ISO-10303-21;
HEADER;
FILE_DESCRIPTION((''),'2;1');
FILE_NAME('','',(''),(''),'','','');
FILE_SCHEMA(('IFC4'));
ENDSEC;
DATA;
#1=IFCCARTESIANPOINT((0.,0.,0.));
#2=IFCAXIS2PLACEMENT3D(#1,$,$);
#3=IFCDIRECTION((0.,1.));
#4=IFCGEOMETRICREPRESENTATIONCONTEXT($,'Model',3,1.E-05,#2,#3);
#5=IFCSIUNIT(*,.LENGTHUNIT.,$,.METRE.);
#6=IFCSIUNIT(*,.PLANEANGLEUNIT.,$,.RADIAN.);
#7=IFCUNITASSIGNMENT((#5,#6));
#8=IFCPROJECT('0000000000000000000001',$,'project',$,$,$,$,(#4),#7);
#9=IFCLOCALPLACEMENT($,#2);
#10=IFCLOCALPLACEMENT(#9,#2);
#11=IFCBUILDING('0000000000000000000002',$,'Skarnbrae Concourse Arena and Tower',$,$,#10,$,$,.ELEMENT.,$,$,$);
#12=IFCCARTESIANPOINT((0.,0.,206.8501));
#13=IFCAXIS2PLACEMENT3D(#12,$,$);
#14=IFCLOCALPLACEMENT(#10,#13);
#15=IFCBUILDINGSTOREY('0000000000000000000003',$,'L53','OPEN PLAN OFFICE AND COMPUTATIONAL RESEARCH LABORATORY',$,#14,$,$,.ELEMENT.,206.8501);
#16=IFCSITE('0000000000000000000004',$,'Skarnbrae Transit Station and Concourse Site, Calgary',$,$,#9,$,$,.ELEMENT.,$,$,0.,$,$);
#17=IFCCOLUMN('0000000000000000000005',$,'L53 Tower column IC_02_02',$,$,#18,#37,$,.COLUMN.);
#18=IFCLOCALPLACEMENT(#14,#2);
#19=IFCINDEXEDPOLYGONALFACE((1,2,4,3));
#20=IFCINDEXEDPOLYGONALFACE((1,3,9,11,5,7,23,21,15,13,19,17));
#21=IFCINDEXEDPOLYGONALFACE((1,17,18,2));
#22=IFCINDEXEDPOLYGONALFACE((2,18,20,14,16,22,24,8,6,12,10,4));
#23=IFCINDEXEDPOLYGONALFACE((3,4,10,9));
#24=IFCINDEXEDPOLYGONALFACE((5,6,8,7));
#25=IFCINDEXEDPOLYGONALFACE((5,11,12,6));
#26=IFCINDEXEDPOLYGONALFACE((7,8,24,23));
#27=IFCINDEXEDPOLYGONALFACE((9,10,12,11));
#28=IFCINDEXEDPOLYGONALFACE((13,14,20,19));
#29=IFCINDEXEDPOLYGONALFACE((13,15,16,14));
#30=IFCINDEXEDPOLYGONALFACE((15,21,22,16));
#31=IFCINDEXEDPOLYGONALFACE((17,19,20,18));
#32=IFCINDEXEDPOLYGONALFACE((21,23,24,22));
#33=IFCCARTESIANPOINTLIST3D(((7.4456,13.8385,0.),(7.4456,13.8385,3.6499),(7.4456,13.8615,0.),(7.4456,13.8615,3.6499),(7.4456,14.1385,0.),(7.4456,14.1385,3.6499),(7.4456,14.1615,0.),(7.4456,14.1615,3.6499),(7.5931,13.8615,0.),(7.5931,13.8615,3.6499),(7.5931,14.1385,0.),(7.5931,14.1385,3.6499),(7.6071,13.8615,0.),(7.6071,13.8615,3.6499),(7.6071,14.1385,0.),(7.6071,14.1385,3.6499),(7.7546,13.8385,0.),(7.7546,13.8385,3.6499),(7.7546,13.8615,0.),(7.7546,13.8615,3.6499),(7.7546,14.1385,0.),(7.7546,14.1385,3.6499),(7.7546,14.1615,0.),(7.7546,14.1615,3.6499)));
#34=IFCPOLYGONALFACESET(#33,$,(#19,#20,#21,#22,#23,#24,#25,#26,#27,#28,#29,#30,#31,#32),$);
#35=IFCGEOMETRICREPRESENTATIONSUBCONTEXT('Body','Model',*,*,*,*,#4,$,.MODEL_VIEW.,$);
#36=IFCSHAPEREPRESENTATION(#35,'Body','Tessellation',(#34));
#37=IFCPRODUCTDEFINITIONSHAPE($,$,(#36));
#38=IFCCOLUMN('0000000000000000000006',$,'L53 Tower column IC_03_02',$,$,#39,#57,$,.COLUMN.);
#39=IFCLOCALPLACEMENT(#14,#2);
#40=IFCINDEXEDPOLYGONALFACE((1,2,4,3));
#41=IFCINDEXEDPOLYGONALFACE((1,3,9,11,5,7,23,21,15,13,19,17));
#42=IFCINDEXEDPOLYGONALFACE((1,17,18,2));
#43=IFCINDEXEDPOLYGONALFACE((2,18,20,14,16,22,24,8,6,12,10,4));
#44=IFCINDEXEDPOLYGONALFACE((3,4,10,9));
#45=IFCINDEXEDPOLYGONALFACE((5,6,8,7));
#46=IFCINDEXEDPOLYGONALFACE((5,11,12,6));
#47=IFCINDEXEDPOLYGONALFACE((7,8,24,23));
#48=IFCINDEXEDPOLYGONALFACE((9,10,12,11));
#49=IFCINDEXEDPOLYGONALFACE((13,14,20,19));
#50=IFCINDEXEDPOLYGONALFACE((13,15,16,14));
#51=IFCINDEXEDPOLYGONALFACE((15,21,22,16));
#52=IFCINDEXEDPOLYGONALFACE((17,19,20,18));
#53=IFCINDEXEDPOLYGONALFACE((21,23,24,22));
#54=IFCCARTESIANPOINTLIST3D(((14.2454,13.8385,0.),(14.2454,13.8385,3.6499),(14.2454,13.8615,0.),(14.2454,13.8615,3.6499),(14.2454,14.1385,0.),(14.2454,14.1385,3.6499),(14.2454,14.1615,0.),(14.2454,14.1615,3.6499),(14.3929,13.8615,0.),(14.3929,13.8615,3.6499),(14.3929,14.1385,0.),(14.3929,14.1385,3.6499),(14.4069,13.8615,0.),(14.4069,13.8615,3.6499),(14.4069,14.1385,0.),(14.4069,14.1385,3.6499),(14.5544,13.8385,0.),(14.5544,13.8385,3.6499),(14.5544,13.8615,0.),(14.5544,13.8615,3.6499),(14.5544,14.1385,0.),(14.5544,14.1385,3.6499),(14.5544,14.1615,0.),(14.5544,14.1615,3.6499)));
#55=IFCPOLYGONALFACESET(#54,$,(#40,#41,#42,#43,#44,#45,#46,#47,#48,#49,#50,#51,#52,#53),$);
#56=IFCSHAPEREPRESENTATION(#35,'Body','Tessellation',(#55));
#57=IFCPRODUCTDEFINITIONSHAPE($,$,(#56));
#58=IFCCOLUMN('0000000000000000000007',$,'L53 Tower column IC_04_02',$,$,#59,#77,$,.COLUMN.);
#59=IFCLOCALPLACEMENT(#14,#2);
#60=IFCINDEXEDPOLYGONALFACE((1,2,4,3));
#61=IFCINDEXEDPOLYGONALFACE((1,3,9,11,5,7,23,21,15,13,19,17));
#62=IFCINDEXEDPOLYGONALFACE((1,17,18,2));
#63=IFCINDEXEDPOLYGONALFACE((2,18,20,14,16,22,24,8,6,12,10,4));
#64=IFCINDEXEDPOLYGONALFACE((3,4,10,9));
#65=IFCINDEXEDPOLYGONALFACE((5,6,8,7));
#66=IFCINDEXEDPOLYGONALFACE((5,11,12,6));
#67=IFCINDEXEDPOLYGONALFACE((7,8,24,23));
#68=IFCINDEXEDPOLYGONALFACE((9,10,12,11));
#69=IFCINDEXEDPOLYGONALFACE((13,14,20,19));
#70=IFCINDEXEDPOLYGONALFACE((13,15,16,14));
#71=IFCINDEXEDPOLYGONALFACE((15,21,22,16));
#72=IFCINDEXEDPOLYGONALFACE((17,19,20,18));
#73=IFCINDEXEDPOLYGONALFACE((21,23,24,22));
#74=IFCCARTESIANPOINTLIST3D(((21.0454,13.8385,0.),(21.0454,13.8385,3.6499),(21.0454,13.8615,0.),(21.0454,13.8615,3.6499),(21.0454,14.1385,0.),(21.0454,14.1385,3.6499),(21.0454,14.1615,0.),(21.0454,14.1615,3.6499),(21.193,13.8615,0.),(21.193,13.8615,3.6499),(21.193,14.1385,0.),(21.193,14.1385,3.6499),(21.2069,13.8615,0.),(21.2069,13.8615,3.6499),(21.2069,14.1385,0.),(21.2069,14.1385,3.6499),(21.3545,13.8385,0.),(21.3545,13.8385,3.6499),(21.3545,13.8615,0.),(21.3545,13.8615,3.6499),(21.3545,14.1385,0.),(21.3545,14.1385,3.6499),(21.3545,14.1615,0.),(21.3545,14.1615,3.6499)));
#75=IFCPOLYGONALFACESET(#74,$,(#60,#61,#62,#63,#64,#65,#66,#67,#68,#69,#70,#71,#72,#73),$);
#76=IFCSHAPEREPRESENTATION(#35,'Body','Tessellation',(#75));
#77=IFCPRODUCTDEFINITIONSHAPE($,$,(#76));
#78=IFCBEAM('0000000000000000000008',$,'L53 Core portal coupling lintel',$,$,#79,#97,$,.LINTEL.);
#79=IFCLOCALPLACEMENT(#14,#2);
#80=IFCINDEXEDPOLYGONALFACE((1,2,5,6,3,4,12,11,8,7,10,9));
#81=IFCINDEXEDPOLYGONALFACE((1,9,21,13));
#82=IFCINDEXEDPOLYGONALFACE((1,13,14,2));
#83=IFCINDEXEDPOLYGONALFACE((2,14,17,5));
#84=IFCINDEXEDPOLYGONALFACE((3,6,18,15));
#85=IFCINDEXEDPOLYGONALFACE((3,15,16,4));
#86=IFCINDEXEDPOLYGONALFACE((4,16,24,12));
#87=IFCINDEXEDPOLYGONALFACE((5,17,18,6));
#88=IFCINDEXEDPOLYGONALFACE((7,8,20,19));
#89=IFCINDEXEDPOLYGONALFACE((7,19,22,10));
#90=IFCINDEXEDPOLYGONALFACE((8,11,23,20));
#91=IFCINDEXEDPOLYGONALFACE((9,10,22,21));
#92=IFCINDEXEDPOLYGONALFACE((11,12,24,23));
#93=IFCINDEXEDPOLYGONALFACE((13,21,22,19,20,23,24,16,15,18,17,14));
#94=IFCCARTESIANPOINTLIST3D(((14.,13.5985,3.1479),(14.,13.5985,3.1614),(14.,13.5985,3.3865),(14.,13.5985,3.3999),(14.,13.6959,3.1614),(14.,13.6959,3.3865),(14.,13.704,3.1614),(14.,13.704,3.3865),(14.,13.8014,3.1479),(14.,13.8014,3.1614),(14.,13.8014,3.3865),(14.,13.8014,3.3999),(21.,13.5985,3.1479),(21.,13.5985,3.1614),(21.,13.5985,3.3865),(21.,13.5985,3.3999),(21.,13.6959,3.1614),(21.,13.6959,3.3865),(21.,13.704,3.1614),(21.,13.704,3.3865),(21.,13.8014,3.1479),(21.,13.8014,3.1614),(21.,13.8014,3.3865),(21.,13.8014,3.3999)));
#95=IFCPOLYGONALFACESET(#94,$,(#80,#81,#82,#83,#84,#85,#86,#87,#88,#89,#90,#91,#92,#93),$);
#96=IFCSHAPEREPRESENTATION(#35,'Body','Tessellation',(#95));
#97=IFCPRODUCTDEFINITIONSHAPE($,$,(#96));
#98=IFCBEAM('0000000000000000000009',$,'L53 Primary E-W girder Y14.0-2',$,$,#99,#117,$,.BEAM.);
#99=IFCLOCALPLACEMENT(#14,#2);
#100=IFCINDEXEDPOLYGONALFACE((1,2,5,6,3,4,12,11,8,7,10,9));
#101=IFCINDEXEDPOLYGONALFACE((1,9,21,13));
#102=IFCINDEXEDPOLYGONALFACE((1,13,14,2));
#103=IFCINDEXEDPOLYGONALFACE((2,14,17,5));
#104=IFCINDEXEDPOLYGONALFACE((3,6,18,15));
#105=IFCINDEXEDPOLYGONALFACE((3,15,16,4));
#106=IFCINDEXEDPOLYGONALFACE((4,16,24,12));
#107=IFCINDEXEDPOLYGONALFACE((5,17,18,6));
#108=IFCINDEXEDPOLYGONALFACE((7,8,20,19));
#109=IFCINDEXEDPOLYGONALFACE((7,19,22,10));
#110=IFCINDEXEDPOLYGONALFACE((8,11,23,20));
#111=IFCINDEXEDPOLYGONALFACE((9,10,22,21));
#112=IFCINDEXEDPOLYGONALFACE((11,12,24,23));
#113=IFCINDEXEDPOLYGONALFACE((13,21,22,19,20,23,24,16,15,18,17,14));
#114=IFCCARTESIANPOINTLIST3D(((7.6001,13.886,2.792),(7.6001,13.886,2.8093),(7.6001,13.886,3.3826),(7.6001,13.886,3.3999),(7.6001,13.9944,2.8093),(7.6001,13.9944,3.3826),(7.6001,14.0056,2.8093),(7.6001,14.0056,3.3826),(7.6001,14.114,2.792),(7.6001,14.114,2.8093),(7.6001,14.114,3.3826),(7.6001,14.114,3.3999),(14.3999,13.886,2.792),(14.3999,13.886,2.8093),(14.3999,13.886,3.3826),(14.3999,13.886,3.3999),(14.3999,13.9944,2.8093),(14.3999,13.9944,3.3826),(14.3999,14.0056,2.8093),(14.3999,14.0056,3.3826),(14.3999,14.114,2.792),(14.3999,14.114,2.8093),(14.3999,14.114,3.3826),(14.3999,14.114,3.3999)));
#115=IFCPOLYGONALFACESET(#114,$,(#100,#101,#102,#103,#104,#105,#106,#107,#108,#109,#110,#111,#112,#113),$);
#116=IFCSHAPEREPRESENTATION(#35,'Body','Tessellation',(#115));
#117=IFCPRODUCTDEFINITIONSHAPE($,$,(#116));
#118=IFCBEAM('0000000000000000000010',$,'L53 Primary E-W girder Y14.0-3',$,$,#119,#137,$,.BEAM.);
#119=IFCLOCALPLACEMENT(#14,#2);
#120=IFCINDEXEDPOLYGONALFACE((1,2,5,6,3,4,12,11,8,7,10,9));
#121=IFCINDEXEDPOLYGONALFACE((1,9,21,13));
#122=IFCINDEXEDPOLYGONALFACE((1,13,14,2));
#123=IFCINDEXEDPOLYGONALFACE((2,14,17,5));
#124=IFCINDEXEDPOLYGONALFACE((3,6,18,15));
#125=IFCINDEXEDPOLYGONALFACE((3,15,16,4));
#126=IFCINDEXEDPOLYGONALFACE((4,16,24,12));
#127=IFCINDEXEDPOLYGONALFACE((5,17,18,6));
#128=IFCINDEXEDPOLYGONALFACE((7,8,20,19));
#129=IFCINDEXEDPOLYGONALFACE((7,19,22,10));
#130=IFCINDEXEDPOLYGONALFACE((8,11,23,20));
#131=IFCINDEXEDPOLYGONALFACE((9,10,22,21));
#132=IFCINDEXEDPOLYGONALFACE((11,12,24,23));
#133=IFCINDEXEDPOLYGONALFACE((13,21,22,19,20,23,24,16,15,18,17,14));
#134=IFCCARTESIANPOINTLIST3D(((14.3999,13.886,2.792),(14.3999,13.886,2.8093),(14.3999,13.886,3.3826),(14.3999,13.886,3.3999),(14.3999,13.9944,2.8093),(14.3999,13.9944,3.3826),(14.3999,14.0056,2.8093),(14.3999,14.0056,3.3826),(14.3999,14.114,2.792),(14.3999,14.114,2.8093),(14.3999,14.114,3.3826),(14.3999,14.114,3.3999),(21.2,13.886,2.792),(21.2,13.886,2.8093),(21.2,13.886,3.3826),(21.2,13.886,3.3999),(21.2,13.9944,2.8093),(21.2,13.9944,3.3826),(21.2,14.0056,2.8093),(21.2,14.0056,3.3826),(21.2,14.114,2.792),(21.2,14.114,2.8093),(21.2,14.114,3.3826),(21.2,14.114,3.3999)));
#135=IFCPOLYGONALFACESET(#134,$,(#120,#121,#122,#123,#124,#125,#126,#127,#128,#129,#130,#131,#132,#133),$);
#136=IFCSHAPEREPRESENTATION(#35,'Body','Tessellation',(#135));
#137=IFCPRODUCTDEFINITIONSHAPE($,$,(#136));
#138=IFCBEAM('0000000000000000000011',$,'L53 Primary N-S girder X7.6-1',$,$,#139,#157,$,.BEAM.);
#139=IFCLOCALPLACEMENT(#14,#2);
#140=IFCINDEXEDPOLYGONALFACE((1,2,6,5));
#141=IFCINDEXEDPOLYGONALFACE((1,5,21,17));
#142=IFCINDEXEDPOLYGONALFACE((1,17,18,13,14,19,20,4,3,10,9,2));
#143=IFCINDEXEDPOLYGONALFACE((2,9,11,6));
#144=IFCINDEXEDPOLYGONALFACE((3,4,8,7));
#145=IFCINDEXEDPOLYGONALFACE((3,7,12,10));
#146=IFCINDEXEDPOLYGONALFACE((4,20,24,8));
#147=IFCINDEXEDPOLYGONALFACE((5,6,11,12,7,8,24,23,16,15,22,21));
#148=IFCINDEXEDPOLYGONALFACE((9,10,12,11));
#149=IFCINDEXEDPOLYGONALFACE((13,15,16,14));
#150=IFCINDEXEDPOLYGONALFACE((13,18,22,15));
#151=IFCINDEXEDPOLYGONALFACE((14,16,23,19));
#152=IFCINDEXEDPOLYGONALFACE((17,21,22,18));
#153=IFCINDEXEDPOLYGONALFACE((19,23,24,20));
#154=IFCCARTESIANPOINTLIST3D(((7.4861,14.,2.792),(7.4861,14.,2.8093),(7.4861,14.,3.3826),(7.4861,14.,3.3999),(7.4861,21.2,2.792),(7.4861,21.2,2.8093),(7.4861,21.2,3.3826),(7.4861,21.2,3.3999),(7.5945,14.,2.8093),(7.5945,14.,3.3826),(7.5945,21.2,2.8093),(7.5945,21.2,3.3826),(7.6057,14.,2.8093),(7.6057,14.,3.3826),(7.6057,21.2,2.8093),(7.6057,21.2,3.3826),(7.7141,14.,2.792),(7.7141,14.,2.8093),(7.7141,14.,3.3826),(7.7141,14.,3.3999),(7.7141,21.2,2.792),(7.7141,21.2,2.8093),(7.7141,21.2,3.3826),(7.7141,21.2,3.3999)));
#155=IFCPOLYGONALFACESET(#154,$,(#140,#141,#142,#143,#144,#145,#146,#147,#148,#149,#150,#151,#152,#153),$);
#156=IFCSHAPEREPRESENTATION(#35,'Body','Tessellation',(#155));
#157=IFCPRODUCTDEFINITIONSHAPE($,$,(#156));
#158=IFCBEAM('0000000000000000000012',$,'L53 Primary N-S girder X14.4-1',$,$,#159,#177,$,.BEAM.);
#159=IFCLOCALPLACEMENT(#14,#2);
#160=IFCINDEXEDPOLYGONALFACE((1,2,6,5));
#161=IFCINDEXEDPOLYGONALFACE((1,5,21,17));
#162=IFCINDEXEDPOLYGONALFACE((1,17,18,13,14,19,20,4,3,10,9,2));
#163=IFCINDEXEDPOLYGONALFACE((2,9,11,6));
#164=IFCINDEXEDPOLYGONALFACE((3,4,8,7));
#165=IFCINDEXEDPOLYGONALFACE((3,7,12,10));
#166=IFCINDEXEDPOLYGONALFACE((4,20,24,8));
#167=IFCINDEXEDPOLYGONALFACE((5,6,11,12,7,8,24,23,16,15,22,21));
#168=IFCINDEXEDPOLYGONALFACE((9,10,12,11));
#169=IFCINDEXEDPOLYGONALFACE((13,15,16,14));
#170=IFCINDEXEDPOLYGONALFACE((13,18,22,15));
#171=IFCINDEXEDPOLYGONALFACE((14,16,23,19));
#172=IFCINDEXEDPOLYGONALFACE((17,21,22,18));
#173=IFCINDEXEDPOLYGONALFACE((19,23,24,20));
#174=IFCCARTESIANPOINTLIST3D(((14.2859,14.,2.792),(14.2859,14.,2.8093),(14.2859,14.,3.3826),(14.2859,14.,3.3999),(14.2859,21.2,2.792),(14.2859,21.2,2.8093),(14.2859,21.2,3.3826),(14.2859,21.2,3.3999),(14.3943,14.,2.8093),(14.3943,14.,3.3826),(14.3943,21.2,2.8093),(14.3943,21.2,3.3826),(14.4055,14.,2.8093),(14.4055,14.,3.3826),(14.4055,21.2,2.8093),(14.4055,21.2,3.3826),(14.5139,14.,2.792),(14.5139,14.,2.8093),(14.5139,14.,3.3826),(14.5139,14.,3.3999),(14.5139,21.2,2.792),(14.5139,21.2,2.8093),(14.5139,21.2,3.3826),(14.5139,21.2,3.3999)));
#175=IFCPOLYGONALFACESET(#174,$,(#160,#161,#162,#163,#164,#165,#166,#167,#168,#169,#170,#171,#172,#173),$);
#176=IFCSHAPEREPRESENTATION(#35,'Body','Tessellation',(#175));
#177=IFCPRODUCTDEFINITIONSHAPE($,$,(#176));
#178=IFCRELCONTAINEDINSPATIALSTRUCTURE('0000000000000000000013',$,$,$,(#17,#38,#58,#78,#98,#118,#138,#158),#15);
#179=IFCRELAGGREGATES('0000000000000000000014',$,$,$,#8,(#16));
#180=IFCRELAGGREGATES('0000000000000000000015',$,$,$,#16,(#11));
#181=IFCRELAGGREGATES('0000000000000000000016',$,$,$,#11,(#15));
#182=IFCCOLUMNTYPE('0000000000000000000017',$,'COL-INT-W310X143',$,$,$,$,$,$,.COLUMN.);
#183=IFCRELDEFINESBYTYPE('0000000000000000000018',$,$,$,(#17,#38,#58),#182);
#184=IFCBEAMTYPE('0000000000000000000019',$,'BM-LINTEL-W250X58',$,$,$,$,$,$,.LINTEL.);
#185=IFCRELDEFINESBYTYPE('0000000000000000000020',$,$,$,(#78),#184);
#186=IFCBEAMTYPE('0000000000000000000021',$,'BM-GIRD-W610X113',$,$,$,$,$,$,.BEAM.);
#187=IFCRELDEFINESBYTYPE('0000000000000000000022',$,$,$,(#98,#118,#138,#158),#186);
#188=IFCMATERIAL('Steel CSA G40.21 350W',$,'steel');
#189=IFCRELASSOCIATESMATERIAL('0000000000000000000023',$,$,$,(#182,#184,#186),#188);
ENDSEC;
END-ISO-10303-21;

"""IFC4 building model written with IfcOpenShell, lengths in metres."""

from ifc_helpers import new_model, si_unit, direction, frame, origin, origin_2d, place, context, subcontext, project, spatial, i_section, extrude, source, transform, mapped, material, material_profile, profile_set, type_object, element, save


model = new_model("IFC4")

# Units and contexts
model_context = context("Model", 3, precision=1e-05, world=origin(), true_north=direction((0.0, 1.0)))
body_context = subcontext(model_context, "Body", "Model", "MODEL_VIEW")
ifc_project = project(units=[si_unit("LENGTHUNIT", "METRE"), si_unit("PLANEANGLEUNIT", "RADIAN")], contexts=[model_context])

# Site, building, storey
site_placement = place(None, origin())
site = spatial("IfcSite", under=ifc_project, at=site_placement, Name="Skarnbrae Transit Station and Concourse Site, Calgary", CompositionType="ELEMENT", RefElevation=0.0)
building_placement = place(site_placement, origin())
building = spatial("IfcBuilding", under=site, at=building_placement, Name="Skarnbrae Concourse Arena and Tower", CompositionType="ELEMENT")
storey_placement = place(building_placement, frame((0.0, 0.0, 206.8501)))
storey = spatial("IfcBuildingStorey", under=building, at=storey_placement, Name="L53", Description="OPEN PLAN OFFICE AND COMPUTATIONAL RESEARCH LABORATORY", CompositionType="ELEMENT", Elevation=206.8501)

# Columns
ifc_material_1 = material(Name="Steel CSA G40.21 350W", Category="steel")
ifc_material_profile_1 = material_profile(ifc_material_1, i_section(OverallWidth=0.3091, OverallDepth=0.323, WebThickness=0.0139, FlangeThickness=0.0229, at=origin_2d()), Name="W310X143")
ifc_profile_set_1 = profile_set([ifc_material_profile_1], Name="Steel CSA G40.21 350W")
column_type = type_object("IfcColumnType", Name="COL-INT-W310X143", PredefinedType="COLUMN", material=ifc_profile_set_1)
shared_shape_1 = source(origin(), body_context, "Body", "SweptSolid", [
    extrude(i_section(OverallWidth=0.3091, OverallDepth=0.323, WebThickness=0.0139, FlangeThickness=0.0229, at=origin_2d()), origin(), (0.0, 0.0, 1.0), 3.6499),
])
for number, where, z_axis, x_axis, name in (
    (1, (7.6001, 14.0, 0.0), (0.0, 0.0, 1.0), (1.0, 0.0, 0.0), "L53 Tower column IC_02_02"),
    (2, (14.3999, 14.0, 0.0), (0.0, 0.0, 1.0), (1.0, 0.0, 0.0), "L53 Tower column IC_03_02"),
    (3, (21.2, 14.0, 0.0), (0.0, 0.0, 1.0), (1.0, 0.0, 0.0), "L53 Tower column IC_04_02"),
):
    element("IfcColumn", number, at=place(storey_placement, frame(where, z_axis=z_axis, x_axis=x_axis)), inside=storey, type_object=column_type, Name=name, PredefinedType="COLUMN", context=body_context, shape_type="MappedRepresentation", body=[
        mapped(shared_shape_1, transform((0.0, 0.0, 0.0))),
    ])

# Beams
ifc_material_profile_2 = material_profile(ifc_material_1, i_section(OverallWidth=0.2029, OverallDepth=0.252, WebThickness=0.0081, FlangeThickness=0.0134, at=origin_2d()), Name="W250X58")
ifc_profile_set_2 = profile_set([ifc_material_profile_2], Name="Steel CSA G40.21 350W")
beam_type_1 = type_object("IfcBeamType", Name="BM-LINTEL-W250X58", PredefinedType="LINTEL", material=ifc_profile_set_2)
shared_shape_2 = source(origin(), body_context, "Body", "SweptSolid", [
    extrude(i_section(OverallWidth=0.2029, OverallDepth=0.252, WebThickness=0.0081, FlangeThickness=0.0134, at=origin_2d()), origin(), (0.0, 0.0, 1.0), 7.0),
])
beam_1_placement = place(storey_placement, frame((14.0, 13.7, 3.2739), z_axis=(1.0, 0.0, 0.0), x_axis=(0.0, 1.0, 0.0)))
element("IfcBeam", 4, at=beam_1_placement, inside=storey, type_object=beam_type_1, Name="L53 Core portal coupling lintel", PredefinedType="LINTEL", context=body_context, shape_type="MappedRepresentation", body=[
    mapped(shared_shape_2, transform((0.0, 0.0, 0.0))),
])
ifc_material_profile_3 = material_profile(ifc_material_1, i_section(OverallWidth=0.228, OverallDepth=0.6079, WebThickness=0.0112, FlangeThickness=0.0173, at=origin_2d()), Name="W610X113")
ifc_profile_set_3 = profile_set([ifc_material_profile_3], Name="Steel CSA G40.21 350W")
beam_type_2 = type_object("IfcBeamType", Name="BM-GIRD-W610X113", PredefinedType="BEAM", material=ifc_profile_set_3)
shared_shape_3 = source(origin(), body_context, "Body", "SweptSolid", [
    extrude(i_section(OverallWidth=0.228, OverallDepth=0.6079, WebThickness=0.0112, FlangeThickness=0.0173, at=origin_2d()), origin(), (0.0, 0.0, 1.0), 6.7998),
])
beam_2_placement = place(storey_placement, frame((7.6001, 14.0, 3.0959), z_axis=(1.0, 0.0, 0.0), x_axis=(0.0, 1.0, 0.0)))
element("IfcBeam", 5, at=beam_2_placement, inside=storey, type_object=beam_type_2, Name="L53 Primary E-W girder Y14.0-2", PredefinedType="BEAM", context=body_context, shape_type="MappedRepresentation", body=[
    mapped(shared_shape_3, transform((0.0, 0.0, 0.0))),
])
shared_shape_4 = source(origin(), body_context, "Body", "SweptSolid", [
    extrude(i_section(OverallWidth=0.228, OverallDepth=0.6079, WebThickness=0.0112, FlangeThickness=0.0173, at=origin_2d()), origin(), (0.0, 0.0, 1.0), 6.8),
])
beam_3_placement = place(storey_placement, frame((14.3999, 14.0, 3.0959), z_axis=(1.0, 0.0, 0.0), x_axis=(0.0, 1.0, 0.0)))
element("IfcBeam", 6, at=beam_3_placement, inside=storey, type_object=beam_type_2, Name="L53 Primary E-W girder Y14.0-3", PredefinedType="BEAM", context=body_context, shape_type="MappedRepresentation", body=[
    mapped(shared_shape_4, transform((0.0, 0.0, 0.0))),
])
shared_shape_5 = source(origin(), body_context, "Body", "SweptSolid", [
    extrude(i_section(OverallWidth=0.228, OverallDepth=0.6079, WebThickness=0.0112, FlangeThickness=0.0173, at=origin_2d()), origin(), (0.0, 0.0, 1.0), 7.2),
])
for number, where, z_axis, x_axis, name in (
    (7, (7.6001, 14.0, 3.0959), (0.0, 1.0, 0.0), (-1.0, 0.0, 0.0), "L53 Primary N-S girder X7.6-1"),
    (8, (14.3999, 14.0, 3.0959), (0.0, 1.0, 0.0), (-1.0, 0.0, 0.0), "L53 Primary N-S girder X14.4-1"),
):
    element("IfcBeam", number, at=place(storey_placement, frame(where, z_axis=z_axis, x_axis=x_axis)), inside=storey, type_object=beam_type_2, Name=name, PredefinedType="BEAM", context=body_context, shape_type="MappedRepresentation", body=[
        mapped(shared_shape_5, transform((0.0, 0.0, 0.0))),
    ])

save(model, "model.ifc")
